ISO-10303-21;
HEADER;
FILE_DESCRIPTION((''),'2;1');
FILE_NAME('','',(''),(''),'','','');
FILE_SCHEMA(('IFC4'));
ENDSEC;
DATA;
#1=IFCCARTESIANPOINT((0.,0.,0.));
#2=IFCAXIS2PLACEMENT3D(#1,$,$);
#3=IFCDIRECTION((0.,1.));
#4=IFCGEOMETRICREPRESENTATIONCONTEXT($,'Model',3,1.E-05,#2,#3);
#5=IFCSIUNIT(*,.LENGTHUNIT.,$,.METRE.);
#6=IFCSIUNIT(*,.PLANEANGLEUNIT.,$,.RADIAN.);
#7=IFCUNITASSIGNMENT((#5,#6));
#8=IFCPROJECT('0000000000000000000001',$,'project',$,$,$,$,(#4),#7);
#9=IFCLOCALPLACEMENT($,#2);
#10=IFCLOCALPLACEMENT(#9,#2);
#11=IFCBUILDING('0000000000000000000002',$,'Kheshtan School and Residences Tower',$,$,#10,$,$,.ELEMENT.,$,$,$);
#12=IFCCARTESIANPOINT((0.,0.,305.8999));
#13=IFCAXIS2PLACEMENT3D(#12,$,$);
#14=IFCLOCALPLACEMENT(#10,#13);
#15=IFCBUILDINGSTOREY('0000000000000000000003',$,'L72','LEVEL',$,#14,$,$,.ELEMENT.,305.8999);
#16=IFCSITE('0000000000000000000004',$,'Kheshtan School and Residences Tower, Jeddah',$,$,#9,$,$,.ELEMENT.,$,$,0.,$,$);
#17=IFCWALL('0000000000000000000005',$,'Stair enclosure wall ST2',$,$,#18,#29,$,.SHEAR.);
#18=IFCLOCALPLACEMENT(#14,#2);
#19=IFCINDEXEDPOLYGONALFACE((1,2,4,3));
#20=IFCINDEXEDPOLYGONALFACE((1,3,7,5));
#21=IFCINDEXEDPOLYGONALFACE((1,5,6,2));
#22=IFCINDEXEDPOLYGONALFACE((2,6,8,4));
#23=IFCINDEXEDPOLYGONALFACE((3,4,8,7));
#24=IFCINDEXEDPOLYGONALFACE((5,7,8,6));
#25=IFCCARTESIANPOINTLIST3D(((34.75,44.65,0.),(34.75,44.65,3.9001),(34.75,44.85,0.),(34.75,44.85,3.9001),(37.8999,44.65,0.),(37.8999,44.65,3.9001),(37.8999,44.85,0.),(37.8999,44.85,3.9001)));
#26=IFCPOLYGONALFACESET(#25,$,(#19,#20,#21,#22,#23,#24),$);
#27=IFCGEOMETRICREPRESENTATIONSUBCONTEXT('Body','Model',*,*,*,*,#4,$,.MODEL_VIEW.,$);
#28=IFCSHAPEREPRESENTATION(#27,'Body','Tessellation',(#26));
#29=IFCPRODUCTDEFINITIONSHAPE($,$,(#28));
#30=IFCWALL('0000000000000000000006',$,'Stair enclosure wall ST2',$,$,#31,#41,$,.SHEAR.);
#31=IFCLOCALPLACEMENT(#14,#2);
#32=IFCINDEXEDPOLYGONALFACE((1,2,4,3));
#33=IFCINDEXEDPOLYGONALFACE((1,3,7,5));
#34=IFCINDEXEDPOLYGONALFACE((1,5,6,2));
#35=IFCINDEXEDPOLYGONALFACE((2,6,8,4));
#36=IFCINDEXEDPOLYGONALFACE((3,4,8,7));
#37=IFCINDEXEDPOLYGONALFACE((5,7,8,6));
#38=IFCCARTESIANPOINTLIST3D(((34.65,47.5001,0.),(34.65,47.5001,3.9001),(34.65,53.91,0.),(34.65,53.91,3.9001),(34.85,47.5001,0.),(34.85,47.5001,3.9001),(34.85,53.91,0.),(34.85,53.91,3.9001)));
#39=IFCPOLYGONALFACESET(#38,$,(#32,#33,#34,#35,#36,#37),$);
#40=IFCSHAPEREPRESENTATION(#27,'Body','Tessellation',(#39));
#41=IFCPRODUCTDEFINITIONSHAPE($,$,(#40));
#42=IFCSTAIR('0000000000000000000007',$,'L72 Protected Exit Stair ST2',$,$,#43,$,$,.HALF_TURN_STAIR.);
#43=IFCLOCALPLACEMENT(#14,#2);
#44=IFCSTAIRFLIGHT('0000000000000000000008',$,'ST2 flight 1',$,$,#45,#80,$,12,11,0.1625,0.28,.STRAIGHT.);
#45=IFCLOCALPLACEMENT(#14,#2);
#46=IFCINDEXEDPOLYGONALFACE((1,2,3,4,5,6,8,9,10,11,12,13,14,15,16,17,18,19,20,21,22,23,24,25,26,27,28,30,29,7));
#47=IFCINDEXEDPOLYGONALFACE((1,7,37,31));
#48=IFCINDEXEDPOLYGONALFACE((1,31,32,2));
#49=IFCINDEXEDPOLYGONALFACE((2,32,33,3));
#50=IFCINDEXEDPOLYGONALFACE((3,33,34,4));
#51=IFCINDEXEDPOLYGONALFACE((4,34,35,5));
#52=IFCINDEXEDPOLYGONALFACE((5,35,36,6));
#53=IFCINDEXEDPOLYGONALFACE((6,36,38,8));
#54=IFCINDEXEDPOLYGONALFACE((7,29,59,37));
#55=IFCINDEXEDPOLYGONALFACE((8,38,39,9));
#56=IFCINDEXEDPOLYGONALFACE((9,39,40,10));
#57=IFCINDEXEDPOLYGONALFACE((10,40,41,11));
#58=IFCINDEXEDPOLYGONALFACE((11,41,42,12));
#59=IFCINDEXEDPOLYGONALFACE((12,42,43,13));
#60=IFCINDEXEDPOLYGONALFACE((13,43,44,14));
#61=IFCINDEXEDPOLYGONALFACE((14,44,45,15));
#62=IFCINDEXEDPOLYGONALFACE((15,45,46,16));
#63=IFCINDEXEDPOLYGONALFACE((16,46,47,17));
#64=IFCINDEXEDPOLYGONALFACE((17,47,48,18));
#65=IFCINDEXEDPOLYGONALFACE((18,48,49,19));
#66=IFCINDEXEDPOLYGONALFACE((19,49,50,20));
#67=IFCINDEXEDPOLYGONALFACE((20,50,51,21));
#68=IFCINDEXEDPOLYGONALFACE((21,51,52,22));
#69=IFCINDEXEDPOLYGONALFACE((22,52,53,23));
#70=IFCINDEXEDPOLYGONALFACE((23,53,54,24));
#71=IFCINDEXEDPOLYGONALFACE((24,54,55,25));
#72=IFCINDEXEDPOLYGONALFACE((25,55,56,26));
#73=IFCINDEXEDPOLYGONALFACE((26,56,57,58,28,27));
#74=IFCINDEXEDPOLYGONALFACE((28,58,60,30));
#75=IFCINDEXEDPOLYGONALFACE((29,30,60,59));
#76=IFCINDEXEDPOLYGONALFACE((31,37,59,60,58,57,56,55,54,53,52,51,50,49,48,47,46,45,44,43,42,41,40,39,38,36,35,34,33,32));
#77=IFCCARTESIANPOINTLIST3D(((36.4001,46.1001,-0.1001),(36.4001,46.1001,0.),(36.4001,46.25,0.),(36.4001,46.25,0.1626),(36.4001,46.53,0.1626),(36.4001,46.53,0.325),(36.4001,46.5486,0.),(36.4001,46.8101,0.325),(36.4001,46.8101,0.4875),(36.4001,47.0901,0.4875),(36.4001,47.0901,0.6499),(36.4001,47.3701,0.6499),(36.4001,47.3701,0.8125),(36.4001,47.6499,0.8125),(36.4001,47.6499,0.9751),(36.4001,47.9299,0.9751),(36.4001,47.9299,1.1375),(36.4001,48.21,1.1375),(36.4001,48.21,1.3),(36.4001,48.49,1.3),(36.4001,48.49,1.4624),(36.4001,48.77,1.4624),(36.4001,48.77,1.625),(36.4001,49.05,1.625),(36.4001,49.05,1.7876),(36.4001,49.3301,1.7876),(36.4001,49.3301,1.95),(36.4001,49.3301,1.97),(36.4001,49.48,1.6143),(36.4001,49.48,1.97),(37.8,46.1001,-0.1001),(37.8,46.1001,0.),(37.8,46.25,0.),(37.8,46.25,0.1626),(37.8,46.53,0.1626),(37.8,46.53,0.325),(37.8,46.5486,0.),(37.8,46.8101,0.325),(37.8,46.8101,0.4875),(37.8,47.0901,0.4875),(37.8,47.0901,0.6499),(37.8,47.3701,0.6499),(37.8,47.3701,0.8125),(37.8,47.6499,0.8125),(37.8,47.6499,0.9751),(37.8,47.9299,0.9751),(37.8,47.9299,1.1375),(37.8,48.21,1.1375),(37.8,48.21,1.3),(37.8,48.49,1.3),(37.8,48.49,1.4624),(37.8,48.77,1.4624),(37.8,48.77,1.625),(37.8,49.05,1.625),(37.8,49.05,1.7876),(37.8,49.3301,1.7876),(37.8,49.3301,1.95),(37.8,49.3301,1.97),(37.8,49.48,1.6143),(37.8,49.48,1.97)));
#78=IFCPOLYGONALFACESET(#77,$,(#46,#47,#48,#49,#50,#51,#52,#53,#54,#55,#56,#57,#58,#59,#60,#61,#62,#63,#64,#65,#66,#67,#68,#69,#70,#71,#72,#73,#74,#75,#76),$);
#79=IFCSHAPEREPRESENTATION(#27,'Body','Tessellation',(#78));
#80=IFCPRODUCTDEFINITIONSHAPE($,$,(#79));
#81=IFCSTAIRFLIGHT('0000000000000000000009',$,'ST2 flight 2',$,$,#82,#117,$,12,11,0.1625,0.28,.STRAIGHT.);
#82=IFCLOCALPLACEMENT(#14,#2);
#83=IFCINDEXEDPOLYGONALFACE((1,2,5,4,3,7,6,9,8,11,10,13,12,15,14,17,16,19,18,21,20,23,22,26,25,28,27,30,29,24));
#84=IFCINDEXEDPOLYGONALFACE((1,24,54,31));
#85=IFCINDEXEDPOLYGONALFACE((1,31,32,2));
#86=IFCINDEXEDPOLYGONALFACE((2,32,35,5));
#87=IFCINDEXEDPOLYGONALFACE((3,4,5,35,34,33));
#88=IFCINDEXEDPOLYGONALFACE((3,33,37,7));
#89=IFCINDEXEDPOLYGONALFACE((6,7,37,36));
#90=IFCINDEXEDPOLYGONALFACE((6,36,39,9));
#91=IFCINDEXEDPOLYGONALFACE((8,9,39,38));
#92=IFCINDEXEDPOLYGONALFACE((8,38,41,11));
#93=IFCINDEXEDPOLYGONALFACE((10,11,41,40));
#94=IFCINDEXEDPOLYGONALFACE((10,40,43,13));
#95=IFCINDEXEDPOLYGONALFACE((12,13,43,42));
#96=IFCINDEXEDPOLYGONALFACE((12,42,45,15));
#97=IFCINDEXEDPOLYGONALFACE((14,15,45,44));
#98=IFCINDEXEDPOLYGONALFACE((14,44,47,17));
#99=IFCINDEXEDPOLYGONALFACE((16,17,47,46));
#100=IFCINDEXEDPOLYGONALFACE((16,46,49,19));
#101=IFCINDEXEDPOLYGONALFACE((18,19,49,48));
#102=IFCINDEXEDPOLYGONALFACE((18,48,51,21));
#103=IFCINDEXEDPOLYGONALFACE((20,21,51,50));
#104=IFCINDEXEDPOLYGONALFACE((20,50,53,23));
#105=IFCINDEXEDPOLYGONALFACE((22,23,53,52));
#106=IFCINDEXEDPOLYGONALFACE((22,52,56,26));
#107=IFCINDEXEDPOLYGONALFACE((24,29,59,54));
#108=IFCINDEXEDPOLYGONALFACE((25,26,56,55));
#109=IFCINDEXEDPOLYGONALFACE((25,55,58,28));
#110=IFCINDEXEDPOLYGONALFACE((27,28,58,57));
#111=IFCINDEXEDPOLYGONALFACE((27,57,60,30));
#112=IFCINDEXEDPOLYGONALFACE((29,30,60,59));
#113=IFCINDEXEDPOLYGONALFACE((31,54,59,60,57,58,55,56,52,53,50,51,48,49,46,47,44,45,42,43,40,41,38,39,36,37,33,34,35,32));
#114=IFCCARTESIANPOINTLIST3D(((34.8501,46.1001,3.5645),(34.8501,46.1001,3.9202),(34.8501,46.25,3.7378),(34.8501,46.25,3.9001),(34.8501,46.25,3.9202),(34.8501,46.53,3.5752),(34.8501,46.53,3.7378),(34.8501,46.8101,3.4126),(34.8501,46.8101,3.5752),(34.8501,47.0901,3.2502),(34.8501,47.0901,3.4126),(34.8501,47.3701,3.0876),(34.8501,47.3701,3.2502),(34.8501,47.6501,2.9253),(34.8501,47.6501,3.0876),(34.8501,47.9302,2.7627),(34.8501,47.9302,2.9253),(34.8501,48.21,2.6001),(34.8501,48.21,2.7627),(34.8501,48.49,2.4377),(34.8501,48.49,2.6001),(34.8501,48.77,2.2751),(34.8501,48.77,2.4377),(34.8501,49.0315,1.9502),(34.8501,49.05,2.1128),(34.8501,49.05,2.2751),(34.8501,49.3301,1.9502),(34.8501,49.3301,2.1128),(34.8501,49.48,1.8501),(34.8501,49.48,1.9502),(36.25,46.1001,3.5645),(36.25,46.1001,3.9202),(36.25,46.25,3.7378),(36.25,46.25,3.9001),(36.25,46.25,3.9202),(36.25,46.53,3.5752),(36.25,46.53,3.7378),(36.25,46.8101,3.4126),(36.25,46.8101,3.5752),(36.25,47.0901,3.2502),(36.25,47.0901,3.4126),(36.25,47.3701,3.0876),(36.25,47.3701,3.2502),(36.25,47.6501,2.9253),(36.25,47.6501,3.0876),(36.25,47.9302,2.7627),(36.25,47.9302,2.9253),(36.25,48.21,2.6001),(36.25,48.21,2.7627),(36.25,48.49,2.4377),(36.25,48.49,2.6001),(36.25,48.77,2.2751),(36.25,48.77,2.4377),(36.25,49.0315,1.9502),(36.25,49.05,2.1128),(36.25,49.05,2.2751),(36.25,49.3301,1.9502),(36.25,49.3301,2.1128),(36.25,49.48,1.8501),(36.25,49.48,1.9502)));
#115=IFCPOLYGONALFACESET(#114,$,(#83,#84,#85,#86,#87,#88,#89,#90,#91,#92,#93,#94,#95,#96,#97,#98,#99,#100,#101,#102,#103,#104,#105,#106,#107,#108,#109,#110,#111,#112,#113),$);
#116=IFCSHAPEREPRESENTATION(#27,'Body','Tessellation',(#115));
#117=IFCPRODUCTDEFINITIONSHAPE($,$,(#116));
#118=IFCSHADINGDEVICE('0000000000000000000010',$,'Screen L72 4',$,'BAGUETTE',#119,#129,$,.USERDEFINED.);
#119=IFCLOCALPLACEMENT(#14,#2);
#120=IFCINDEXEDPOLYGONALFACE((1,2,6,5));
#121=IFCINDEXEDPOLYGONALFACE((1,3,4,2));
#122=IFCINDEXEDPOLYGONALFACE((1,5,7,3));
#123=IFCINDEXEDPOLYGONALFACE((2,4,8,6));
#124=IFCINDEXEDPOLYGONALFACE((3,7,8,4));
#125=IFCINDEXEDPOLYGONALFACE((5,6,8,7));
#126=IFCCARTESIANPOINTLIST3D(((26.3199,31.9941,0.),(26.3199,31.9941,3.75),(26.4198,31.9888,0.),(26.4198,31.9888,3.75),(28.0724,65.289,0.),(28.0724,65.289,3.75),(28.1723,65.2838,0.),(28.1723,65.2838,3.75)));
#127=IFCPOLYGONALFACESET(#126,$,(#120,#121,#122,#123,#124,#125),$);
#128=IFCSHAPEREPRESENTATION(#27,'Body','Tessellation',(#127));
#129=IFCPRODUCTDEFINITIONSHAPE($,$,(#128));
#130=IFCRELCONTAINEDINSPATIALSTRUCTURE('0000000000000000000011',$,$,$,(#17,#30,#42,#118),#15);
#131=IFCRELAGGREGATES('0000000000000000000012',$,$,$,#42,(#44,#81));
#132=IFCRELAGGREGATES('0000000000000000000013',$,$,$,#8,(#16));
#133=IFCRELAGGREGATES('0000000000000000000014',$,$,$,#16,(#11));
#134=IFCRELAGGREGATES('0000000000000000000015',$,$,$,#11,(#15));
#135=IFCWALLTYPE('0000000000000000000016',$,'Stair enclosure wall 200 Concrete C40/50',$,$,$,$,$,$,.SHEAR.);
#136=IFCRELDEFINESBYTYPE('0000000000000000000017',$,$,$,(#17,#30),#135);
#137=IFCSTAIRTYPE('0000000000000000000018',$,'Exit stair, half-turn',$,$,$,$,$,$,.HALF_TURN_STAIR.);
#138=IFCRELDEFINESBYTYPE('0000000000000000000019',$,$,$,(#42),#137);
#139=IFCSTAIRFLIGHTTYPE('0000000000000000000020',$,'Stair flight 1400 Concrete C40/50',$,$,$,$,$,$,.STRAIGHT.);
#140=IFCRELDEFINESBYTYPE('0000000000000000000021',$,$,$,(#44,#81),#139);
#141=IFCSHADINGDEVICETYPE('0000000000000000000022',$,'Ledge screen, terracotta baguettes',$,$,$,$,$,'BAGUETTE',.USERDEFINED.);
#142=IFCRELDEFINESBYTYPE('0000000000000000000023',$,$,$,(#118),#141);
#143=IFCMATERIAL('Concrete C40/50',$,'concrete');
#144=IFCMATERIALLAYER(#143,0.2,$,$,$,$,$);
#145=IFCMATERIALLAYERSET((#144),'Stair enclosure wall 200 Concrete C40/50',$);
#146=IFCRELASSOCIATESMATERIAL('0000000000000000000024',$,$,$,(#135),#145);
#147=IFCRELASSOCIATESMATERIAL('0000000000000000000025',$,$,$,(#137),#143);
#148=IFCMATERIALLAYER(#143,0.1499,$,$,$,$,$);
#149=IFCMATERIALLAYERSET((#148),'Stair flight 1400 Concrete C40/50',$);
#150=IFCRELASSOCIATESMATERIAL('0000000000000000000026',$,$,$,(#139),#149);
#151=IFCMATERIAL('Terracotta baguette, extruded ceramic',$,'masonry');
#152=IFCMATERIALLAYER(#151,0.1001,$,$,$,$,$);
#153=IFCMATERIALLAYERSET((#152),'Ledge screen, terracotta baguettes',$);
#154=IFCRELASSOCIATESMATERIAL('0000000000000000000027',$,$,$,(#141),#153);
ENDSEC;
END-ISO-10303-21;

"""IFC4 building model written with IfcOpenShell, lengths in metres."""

from ifc_helpers import new_model, si_unit, direction, frame, frame_2d, origin, origin_2d, place, context, subcontext, project, spatial, polyline, rectangle, outline, extrude, material, layer, layer_set, type_object, element, aggregate, save


model = new_model("IFC4")

# Units and contexts
model_context = context("Model", 3, precision=1e-05, world=origin(), true_north=direction((0.0, 1.0)))
body_context = subcontext(model_context, "Body", "Model", "MODEL_VIEW")
ifc_project = project(units=[si_unit("LENGTHUNIT", "METRE"), si_unit("PLANEANGLEUNIT", "RADIAN")], contexts=[model_context])

# Site, building, storey
site_placement = place(None, origin())
site = spatial("IfcSite", under=ifc_project, at=site_placement, Name="Kheshtan School and Residences Tower, Jeddah", CompositionType="ELEMENT", RefElevation=0.0)
building_placement = place(site_placement, origin())
building = spatial("IfcBuilding", under=site, at=building_placement, Name="Kheshtan School and Residences Tower", CompositionType="ELEMENT")
storey_placement = place(building_placement, frame((0.0, 0.0, 305.8999)))
storey = spatial("IfcBuildingStorey", under=building, at=storey_placement, Name="L72", Description="LEVEL", CompositionType="ELEMENT", Elevation=305.8999)

# Walls
ifc_material_1 = material(Name="Concrete C40/50", Category="concrete")
ifc_layer_1 = layer(ifc_material_1, 0.2)
ifc_layer_set_1 = layer_set([ifc_layer_1], Name="Stair enclosure wall 200 Concrete C40/50")
wall_type_1 = type_object("IfcWallType", Name="Stair enclosure wall 200 Concrete C40/50", PredefinedType="SHEAR", material=ifc_layer_set_1)
wall_1_placement = place(storey_placement, frame((34.75, 44.75, 0.0), z_axis=(0.0, 0.0, 1.0), x_axis=(1.0, 0.0, 0.0)))
element("IfcWall", 1, at=wall_1_placement, inside=storey, type_object=wall_type_1, Name="Stair enclosure wall ST2", PredefinedType="SHEAR", context=body_context, shape_type="SweptSolid", body=[
    extrude(rectangle(XDim=3.1499, YDim=0.2, at=frame_2d((1.575, 0.0))), origin(), (0.0, 0.0, 1.0), 3.9001),
])
wall_2_placement = place(storey_placement, frame((34.75, 47.5, 0.0), z_axis=(0.0, 0.0, 1.0), x_axis=(0.0, 1.0, 0.0)))
element("IfcWall", 2, at=wall_2_placement, inside=storey, type_object=wall_type_1, Name="Stair enclosure wall ST2", PredefinedType="SHEAR", context=body_context, shape_type="SweptSolid", body=[
    extrude(rectangle(XDim=6.4099, YDim=0.2, at=frame_2d((3.2051, 0.0))), origin(), (0.0, 0.0, 1.0), 3.9001),
])

# Stair, stair flights
stair_type = type_object("IfcStairType", Name="Exit stair, half-turn", PredefinedType="HALF_TURN_STAIR", material=ifc_material_1)
stair_placement = place(storey_placement, origin())
stair = element("IfcStair", 3, at=stair_placement, inside=storey, type_object=stair_type, Name="L72 Protected Exit Stair ST2", PredefinedType="HALF_TURN_STAIR")
ifc_layer_2 = layer(ifc_material_1, 0.1499)
ifc_layer_set_2 = layer_set([ifc_layer_2], Name="Stair flight 1400 Concrete C40/50")
stair_flight_type = type_object("IfcStairFlightType", Name="Stair flight 1400 Concrete C40/50", PredefinedType="STRAIGHT", material=ifc_layer_set_2)
stair_flight_1_placement = place(storey_placement, frame((37.1001, 46.25, 0.0), z_axis=(0.0, 0.0, 1.0), x_axis=(0.0, 1.0, 0.0)))
stair_flight_1 = element("IfcStairFlight", 4, at=stair_flight_1_placement, type_object=stair_flight_type, Name="ST2 flight 1", NumberOfRisers=12, NumberOfTreads=11, PredefinedType="STRAIGHT", RiserHeight=0.1625, TreadLength=0.28, context=body_context, shape_type="SweptSolid", body=[
    extrude(outline(polyline([(-0.1499, -0.1001), (-0.1499, 0.0), (0.0, 0.0), (0.0, 0.1626), (0.28, 0.1626), (0.28, 0.325), (0.5601, 0.325), (0.5601, 0.4875), (0.8401, 0.4875), (0.8401, 0.6499), (1.1201, 0.6499), (1.1201, 0.8125), (1.3999, 0.8125), (1.3999, 0.9751), (1.6799, 0.9751), (1.6799, 1.1375), (1.96, 1.1375), (1.96, 1.3), (2.24, 1.3), (2.24, 1.4624), (2.52, 1.4624), (2.52, 1.625), (2.8, 1.625), (2.8, 1.7876), (3.0801, 1.7876), (3.0801, 1.95), (3.0801, 1.97), (3.23, 1.97), (3.23, 1.6143), (0.2986, 0.0), (-0.1499, -0.1001)])), frame((0.0, 0.7, 0.0), z_axis=(0.0, -1.0, 0.0), x_axis=(1.0, 0.0, 0.0)), (0.0, 0.0, 1.0), 1.3999),
])
stair_flight_2_placement = place(storey_placement, frame((35.55, 49.3301, 1.9502), z_axis=(0.0, 0.0, 1.0), x_axis=(0.0, -1.0, 0.0)))
stair_flight_2 = element("IfcStairFlight", 5, at=stair_flight_2_placement, type_object=stair_flight_type, Name="ST2 flight 2", NumberOfRisers=12, NumberOfTreads=11, PredefinedType="STRAIGHT", RiserHeight=0.1625, TreadLength=0.28, context=body_context, shape_type="SweptSolid", body=[
    extrude(outline(polyline([(-0.1499, -0.1001), (-0.1499, 0.0), (0.0, 0.0), (0.0, 0.1626), (0.28, 0.1626), (0.28, 0.325), (0.5601, 0.325), (0.5601, 0.4875), (0.8401, 0.4875), (0.8401, 0.6499), (1.1201, 0.6499), (1.1201, 0.8125), (1.3999, 0.8125), (1.3999, 0.9751), (1.6799, 0.9751), (1.6799, 1.1375), (1.96, 1.1375), (1.96, 1.3), (2.24, 1.3), (2.24, 1.4624), (2.52, 1.4624), (2.52, 1.625), (2.8, 1.625), (2.8, 1.7876), (3.0801, 1.7876), (3.0801, 1.95), (3.0801, 1.97), (3.23, 1.97), (3.23, 1.6143), (0.2986, 0.0), (-0.1499, -0.1001)])), frame((0.0, 0.7, 0.0), z_axis=(0.0, -1.0, 0.0), x_axis=(1.0, 0.0, 0.0)), (0.0, 0.0, 1.0), 1.3999),
])
aggregate(stair, [stair_flight_1, stair_flight_2])

# Shading device
ifc_material_2 = material(Name="Terracotta baguette, extruded ceramic", Category="masonry")
ifc_layer_3 = layer(ifc_material_2, 0.1001)
ifc_layer_set_3 = layer_set([ifc_layer_3], Name="Ledge screen, terracotta baguettes")
shading_device_type = type_object("IfcShadingDeviceType", Name="Ledge screen, terracotta baguettes", ElementType="BAGUETTE", PredefinedType="USERDEFINED", material=ifc_layer_set_3)
shading_device_placement = place(storey_placement, frame((27.2461, 48.6389, 0.0), z_axis=(0.0, 0.0, 1.0), x_axis=(0.052563, 0.998618, 0.0)))
element("IfcShadingDevice", 6, at=shading_device_placement, inside=storey, type_object=shading_device_type, Name="Screen L72 4", ObjectType="BAGUETTE", PredefinedType="USERDEFINED", context=body_context, shape_type="SweptSolid", body=[
    extrude(rectangle(XDim=33.3411, YDim=0.1001, at=origin_2d()), origin(), (0.0, 0.0, 1.0), 3.75),
])

save(model, "model.ifc")
